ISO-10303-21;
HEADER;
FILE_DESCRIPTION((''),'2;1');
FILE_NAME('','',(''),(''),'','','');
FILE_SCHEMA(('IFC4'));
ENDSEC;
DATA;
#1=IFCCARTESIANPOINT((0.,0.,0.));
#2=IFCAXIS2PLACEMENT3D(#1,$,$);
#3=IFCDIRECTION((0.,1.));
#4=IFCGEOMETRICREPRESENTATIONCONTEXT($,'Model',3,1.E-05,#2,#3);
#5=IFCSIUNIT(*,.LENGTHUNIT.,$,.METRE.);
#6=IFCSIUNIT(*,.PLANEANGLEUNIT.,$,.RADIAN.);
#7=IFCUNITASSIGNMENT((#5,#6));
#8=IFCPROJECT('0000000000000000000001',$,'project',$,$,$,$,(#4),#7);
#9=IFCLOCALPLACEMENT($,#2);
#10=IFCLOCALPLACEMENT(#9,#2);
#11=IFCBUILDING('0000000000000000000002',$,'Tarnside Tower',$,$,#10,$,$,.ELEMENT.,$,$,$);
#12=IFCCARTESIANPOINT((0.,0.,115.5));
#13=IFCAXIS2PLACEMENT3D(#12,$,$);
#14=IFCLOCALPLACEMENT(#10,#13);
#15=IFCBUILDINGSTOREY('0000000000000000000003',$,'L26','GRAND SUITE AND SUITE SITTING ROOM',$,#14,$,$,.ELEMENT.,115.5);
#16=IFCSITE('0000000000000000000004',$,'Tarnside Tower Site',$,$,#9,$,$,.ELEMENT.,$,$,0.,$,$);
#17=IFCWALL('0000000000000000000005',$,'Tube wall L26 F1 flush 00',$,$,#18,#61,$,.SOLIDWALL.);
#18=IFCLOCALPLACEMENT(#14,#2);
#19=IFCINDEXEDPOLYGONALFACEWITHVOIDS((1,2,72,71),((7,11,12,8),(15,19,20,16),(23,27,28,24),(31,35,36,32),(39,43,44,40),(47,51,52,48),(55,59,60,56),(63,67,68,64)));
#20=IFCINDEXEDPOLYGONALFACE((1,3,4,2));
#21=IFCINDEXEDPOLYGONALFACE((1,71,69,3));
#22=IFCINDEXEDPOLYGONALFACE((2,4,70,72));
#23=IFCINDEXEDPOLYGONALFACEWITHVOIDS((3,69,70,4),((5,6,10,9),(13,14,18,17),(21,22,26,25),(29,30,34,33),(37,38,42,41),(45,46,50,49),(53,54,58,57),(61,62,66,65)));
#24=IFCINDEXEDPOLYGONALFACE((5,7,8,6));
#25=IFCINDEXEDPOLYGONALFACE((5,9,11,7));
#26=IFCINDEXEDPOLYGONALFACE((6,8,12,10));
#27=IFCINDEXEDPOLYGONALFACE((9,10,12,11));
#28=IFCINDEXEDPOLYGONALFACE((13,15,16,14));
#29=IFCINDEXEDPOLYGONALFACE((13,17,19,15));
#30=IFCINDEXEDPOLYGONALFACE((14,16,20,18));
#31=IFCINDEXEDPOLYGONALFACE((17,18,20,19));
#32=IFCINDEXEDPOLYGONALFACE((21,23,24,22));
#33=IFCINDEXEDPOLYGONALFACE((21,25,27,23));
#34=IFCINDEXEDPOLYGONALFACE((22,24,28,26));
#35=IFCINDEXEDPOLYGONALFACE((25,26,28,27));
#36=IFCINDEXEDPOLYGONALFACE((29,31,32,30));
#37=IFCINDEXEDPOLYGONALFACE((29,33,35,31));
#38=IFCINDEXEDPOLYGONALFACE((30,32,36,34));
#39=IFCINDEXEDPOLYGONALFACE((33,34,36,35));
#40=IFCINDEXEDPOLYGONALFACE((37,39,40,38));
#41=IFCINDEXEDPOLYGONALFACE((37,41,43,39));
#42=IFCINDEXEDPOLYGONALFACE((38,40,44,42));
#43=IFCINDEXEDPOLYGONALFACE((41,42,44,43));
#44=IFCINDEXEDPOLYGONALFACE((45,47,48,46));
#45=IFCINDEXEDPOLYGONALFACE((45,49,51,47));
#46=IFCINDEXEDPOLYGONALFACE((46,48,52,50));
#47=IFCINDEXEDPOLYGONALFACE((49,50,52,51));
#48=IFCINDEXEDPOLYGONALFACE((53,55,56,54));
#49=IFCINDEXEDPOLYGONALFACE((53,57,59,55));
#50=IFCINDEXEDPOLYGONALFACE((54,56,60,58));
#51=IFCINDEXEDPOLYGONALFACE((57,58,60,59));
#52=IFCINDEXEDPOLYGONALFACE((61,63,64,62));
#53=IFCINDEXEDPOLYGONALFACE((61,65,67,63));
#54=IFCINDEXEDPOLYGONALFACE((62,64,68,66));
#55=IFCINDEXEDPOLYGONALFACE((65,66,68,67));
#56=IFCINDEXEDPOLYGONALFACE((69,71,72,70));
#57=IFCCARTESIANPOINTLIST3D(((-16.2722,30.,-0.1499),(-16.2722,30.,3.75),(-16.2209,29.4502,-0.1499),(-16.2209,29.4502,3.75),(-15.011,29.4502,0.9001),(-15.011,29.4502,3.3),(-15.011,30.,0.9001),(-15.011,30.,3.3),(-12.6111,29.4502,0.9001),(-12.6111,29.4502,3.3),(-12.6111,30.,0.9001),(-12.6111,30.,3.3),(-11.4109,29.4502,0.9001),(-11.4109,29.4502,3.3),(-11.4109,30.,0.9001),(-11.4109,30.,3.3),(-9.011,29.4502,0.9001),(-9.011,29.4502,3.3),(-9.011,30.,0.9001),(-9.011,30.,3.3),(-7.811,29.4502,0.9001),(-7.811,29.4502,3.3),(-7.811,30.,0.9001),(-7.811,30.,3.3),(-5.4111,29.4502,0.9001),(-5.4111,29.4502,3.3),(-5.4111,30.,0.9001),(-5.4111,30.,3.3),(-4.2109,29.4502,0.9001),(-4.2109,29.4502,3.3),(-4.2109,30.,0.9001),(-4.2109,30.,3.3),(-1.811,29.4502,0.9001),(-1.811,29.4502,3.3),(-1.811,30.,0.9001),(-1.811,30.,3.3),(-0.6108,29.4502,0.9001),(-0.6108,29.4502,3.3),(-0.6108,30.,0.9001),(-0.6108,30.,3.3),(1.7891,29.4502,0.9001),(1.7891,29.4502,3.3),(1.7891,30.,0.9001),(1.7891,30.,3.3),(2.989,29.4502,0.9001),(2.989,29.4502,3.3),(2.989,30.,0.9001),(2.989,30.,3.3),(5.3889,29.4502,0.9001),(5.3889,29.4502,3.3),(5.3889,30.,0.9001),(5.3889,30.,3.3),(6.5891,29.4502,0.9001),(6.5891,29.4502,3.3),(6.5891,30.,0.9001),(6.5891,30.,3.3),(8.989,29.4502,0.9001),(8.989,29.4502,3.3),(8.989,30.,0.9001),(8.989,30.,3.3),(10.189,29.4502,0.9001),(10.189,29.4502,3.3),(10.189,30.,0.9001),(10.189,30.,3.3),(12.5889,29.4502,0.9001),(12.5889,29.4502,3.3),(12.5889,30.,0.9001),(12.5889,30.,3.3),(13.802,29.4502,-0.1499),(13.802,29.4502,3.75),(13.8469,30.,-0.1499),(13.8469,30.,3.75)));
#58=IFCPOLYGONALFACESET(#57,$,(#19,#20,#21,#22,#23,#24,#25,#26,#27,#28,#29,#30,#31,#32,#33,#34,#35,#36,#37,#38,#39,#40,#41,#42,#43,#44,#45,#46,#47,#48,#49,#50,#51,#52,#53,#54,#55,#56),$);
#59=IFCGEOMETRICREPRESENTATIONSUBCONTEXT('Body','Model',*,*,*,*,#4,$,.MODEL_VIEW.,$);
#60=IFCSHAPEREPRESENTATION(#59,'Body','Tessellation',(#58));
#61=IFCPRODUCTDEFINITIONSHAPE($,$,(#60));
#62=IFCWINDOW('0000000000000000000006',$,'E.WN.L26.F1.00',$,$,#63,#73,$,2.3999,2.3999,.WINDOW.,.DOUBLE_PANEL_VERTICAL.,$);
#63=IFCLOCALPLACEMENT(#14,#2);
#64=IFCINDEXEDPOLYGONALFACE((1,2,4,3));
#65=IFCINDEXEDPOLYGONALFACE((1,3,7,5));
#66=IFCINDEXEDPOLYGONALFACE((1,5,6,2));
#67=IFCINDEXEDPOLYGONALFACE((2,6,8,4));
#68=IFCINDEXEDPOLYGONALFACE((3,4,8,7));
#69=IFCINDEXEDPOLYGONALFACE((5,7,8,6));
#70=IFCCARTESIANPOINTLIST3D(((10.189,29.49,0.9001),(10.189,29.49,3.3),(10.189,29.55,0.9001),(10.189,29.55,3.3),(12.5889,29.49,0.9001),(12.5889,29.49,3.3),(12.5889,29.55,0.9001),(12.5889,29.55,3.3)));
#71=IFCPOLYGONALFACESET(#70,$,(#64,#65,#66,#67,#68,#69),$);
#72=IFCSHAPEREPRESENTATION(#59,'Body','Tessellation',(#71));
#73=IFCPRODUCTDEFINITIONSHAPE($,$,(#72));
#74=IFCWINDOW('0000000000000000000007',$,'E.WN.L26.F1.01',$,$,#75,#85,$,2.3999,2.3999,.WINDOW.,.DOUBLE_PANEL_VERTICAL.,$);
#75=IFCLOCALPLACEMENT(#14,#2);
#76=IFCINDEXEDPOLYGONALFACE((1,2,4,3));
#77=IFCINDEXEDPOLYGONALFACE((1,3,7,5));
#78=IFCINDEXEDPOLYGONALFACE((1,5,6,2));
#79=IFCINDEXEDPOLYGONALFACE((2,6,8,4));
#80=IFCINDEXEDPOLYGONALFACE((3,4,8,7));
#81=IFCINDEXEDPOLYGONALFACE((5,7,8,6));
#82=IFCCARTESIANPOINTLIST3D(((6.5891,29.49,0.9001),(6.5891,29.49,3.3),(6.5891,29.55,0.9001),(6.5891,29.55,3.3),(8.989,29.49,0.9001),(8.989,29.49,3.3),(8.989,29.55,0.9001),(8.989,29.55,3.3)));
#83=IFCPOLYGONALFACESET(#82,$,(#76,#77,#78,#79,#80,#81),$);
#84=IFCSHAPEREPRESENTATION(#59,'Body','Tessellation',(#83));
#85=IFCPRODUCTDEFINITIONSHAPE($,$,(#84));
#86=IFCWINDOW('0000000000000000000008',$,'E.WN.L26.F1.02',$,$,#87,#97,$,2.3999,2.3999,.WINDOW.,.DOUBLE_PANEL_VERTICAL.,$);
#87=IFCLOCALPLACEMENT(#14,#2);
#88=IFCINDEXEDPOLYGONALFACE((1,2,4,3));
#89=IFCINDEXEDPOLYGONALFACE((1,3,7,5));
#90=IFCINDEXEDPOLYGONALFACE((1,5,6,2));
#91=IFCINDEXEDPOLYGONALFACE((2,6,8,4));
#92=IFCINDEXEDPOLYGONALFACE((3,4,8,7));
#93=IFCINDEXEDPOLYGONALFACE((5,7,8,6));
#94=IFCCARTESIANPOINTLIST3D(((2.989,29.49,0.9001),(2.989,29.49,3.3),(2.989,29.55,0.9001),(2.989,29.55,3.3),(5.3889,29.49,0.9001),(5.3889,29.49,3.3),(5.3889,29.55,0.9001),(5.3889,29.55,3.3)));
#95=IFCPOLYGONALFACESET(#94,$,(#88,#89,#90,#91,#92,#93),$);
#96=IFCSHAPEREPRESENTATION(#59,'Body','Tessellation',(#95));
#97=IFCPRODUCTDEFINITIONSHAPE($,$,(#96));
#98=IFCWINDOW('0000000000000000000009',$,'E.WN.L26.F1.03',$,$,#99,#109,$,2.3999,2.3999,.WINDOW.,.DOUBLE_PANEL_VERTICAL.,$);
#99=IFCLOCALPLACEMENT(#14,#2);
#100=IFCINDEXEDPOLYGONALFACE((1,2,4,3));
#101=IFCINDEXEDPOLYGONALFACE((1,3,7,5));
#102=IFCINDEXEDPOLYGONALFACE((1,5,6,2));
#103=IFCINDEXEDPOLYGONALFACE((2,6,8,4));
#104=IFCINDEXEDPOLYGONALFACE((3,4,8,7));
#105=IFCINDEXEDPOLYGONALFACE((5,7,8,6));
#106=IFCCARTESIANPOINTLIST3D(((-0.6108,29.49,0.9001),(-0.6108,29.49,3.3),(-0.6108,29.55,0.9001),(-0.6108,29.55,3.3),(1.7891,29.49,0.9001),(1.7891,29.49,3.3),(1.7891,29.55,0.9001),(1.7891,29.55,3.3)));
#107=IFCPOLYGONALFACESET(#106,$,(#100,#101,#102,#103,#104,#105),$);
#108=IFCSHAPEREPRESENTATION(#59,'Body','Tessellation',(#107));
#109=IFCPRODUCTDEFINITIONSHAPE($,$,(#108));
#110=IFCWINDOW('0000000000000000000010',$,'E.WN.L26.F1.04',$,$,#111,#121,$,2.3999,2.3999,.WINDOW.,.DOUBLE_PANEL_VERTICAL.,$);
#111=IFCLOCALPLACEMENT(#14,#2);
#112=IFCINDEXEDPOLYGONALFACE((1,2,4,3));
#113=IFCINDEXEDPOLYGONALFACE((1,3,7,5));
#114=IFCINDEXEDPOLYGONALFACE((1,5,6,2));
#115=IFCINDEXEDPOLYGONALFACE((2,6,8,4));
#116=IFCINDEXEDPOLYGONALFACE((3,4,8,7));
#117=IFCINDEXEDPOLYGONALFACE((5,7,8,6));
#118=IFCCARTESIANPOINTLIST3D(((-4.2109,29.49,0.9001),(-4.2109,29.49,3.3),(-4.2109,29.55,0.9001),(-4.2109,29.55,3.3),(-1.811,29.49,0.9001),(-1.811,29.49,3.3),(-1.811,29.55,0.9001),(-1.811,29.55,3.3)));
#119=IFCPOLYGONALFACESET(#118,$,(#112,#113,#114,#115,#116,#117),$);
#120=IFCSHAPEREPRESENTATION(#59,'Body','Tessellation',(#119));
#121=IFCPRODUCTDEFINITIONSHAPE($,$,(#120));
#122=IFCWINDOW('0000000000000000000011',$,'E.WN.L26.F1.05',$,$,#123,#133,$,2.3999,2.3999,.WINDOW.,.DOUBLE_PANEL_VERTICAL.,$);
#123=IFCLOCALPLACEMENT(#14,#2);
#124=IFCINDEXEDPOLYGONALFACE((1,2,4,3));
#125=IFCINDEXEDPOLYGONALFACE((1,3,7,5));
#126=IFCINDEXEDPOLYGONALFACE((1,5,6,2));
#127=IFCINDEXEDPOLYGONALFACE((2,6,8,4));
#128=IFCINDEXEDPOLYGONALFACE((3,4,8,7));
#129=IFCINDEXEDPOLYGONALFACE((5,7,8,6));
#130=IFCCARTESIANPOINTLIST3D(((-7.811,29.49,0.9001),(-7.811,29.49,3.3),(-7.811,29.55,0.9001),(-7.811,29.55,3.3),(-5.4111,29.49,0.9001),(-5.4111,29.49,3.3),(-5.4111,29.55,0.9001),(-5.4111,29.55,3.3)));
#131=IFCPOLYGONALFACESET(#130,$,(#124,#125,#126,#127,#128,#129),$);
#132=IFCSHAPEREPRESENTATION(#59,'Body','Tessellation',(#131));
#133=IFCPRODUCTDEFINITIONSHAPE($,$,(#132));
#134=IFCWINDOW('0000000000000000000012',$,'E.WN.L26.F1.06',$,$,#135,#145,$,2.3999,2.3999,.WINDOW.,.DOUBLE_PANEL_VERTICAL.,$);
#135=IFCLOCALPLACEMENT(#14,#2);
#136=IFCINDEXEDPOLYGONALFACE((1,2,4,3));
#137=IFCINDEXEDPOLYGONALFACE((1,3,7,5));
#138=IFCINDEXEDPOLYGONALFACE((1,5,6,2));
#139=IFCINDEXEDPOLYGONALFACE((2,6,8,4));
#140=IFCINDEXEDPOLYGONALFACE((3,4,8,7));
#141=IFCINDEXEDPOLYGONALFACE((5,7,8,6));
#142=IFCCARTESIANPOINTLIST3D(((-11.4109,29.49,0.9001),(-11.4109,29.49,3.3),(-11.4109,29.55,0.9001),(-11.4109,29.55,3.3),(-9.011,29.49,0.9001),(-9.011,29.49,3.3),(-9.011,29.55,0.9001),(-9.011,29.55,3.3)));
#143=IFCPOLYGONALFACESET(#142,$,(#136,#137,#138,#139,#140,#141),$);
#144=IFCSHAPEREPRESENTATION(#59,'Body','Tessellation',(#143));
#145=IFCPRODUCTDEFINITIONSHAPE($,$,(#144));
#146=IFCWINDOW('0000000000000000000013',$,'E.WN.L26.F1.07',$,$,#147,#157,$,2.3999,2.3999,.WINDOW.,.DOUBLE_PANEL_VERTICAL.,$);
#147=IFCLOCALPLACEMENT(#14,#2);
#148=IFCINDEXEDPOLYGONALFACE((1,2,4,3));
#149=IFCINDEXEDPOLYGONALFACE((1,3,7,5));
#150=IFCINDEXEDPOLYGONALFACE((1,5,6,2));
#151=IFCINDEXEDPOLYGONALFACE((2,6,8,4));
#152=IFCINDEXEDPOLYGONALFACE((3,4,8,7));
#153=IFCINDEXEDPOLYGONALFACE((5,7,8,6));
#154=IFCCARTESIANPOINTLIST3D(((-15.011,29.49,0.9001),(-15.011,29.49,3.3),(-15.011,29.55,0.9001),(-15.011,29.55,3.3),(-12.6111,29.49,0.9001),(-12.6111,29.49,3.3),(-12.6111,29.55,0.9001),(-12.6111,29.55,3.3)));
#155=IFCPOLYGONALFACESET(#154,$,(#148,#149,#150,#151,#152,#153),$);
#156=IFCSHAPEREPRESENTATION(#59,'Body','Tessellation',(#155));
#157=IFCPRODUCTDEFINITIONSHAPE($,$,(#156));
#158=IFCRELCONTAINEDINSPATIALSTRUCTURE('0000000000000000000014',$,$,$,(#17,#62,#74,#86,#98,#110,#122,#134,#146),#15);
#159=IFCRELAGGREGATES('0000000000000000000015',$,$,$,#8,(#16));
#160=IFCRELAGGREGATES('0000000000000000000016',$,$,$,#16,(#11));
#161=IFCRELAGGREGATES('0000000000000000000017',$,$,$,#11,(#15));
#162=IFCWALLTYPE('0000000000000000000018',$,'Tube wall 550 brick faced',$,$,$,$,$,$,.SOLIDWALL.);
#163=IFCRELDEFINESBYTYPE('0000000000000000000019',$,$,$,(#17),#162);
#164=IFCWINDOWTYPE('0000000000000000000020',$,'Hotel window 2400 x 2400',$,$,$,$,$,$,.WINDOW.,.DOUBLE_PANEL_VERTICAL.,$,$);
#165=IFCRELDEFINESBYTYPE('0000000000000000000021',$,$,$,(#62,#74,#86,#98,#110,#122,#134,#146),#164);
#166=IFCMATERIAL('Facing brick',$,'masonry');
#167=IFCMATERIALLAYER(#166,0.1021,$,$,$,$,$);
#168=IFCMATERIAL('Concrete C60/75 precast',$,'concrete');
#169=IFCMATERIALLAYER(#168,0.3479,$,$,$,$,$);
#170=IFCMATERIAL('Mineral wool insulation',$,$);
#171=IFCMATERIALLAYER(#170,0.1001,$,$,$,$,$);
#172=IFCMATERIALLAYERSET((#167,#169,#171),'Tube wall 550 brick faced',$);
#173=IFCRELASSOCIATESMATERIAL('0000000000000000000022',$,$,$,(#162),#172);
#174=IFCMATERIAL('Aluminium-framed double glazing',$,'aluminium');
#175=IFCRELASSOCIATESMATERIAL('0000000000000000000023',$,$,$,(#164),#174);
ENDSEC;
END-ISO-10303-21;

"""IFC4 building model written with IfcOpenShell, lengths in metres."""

from ifc_helpers import new_model, si_unit, direction, frame, frame_2d, origin, place, context, subcontext, project, spatial, polyline, rectangle, outline, extrude, material, layer, layer_set, type_object, element, fill, save


model = new_model("IFC4")

# Units and contexts
model_context = context("Model", 3, precision=1e-05, world=origin(), true_north=direction((0.0, 1.0)))
body_context = subcontext(model_context, "Body", "Model", "MODEL_VIEW")
ifc_project = project(units=[si_unit("LENGTHUNIT", "METRE"), si_unit("PLANEANGLEUNIT", "RADIAN")], contexts=[model_context])

# Site, building, storey
site_placement = place(None, origin())
site = spatial("IfcSite", under=ifc_project, at=site_placement, Name="Tarnside Tower Site", CompositionType="ELEMENT", RefElevation=0.0)
building_placement = place(site_placement, origin())
building = spatial("IfcBuilding", under=site, at=building_placement, Name="Tarnside Tower", CompositionType="ELEMENT")
storey_placement = place(building_placement, frame((0.0, 0.0, 115.5)))
storey = spatial("IfcBuildingStorey", under=building, at=storey_placement, Name="L26", Description="GRAND SUITE AND SUITE SITTING ROOM", CompositionType="ELEMENT", Elevation=115.5)

# Wall, openings, windows
ifc_material_1 = material(Name="Facing brick", Category="masonry")
ifc_layer_1 = layer(ifc_material_1, 0.1021)
ifc_material_2 = material(Name="Concrete C60/75 precast", Category="concrete")
ifc_layer_2 = layer(ifc_material_2, 0.3479)
ifc_material_3 = material(Name="Mineral wool insulation")
ifc_layer_3 = layer(ifc_material_3, 0.1001)
ifc_layer_set_1 = layer_set([ifc_layer_1, ifc_layer_2, ifc_layer_3], Name="Tube wall 550 brick faced")
wall_type_1 = type_object("IfcWallType", Name="Tube wall 550 brick faced", PredefinedType="SOLIDWALL", material=ifc_layer_set_1)
wall_1_placement = place(storey_placement, frame((13.8245, 29.7251, -0.1499), z_axis=(0.0, 0.0, 1.0), x_axis=(-1.0, 0.0, 0.0)))
wall_1 = element("IfcWall", 1, at=wall_1_placement, inside=storey, type_object=wall_type_1, Name="Tube wall L26 F1 flush 00", PredefinedType="SOLIDWALL", context=body_context, shape_type="SweptSolid", body=[
    extrude(outline(polyline([(-0.0225, -0.2749), (30.0967, -0.2749), (30.0454, 0.2749), (0.0225, 0.2749), (-0.0225, -0.2749)])), origin(), (0.0, 0.0, 1.0), 3.8999),
])
opening_1_placement = place(wall_1_placement, frame((1.2356, 0.0, 1.05)))
opening_1 = element("IfcOpeningElement", 2, at=opening_1_placement, cuts=wall_1, PredefinedType="OPENING", context=body_context, shape_type="SweptSolid", body=[
    extrude(rectangle(XDim=2.3999, YDim=2.3999, at=frame_2d((1.2, 1.2))), frame((0.0, 0.2852, 0.0), z_axis=(0.0, -1.0, 0.0), x_axis=(1.0, 0.0, 0.0)), (0.0, 0.0, 1.0), 0.5701),
])
opening_2_placement = place(wall_1_placement, frame((4.8354, 0.0, 1.05)))
opening_2 = element("IfcOpeningElement", 3, at=opening_2_placement, cuts=wall_1, PredefinedType="OPENING", context=body_context, shape_type="SweptSolid", body=[
    extrude(rectangle(XDim=2.3999, YDim=2.3999, at=frame_2d((1.2, 1.2))), frame((0.0, 0.2852, 0.0), z_axis=(0.0, -1.0, 0.0), x_axis=(1.0, 0.0, 0.0)), (0.0, 0.0, 1.0), 0.5701),
])
opening_3_placement = place(wall_1_placement, frame((8.4355, 0.0, 1.05)))
opening_3 = element("IfcOpeningElement", 4, at=opening_3_placement, cuts=wall_1, PredefinedType="OPENING", context=body_context, shape_type="SweptSolid", body=[
    extrude(rectangle(XDim=2.3999, YDim=2.3999, at=frame_2d((1.2, 1.2))), frame((0.0, 0.2852, 0.0), z_axis=(0.0, -1.0, 0.0), x_axis=(1.0, 0.0, 0.0)), (0.0, 0.0, 1.0), 0.5701),
])
opening_4_placement = place(wall_1_placement, frame((12.0354, 0.0, 1.05)))
opening_4 = element("IfcOpeningElement", 5, at=opening_4_placement, cuts=wall_1, PredefinedType="OPENING", context=body_context, shape_type="SweptSolid", body=[
    extrude(rectangle(XDim=2.3999, YDim=2.3999, at=frame_2d((1.2, 1.2))), frame((0.0, 0.2852, 0.0), z_axis=(0.0, -1.0, 0.0), x_axis=(1.0, 0.0, 0.0)), (0.0, 0.0, 1.0), 0.5701),
])
opening_5_placement = place(wall_1_placement, frame((15.6355, 0.0, 1.05)))
opening_5 = element("IfcOpeningElement", 6, at=opening_5_placement, cuts=wall_1, PredefinedType="OPENING", context=body_context, shape_type="SweptSolid", body=[
    extrude(rectangle(XDim=2.3999, YDim=2.3999, at=frame_2d((1.2, 1.2))), frame((0.0, 0.2852, 0.0), z_axis=(0.0, -1.0, 0.0), x_axis=(1.0, 0.0, 0.0)), (0.0, 0.0, 1.0), 0.5701),
])
opening_6_placement = place(wall_1_placement, frame((19.2356, 0.0, 1.05)))
opening_6 = element("IfcOpeningElement", 7, at=opening_6_placement, cuts=wall_1, PredefinedType="OPENING", context=body_context, shape_type="SweptSolid", body=[
    extrude(rectangle(XDim=2.3999, YDim=2.3999, at=frame_2d((1.2, 1.2))), frame((0.0, 0.2852, 0.0), z_axis=(0.0, -1.0, 0.0), x_axis=(1.0, 0.0, 0.0)), (0.0, 0.0, 1.0), 0.5701),
])
opening_7_placement = place(wall_1_placement, frame((22.8354, 0.0, 1.05)))
opening_7 = element("IfcOpeningElement", 8, at=opening_7_placement, cuts=wall_1, PredefinedType="OPENING", context=body_context, shape_type="SweptSolid", body=[
    extrude(rectangle(XDim=2.3999, YDim=2.3999, at=frame_2d((1.2, 1.2))), frame((0.0, 0.2852, 0.0), z_axis=(0.0, -1.0, 0.0), x_axis=(1.0, 0.0, 0.0)), (0.0, 0.0, 1.0), 0.5701),
])
opening_8_placement = place(wall_1_placement, frame((26.4355, 0.0, 1.05)))
opening_8 = element("IfcOpeningElement", 9, at=opening_8_placement, cuts=wall_1, PredefinedType="OPENING", context=body_context, shape_type="SweptSolid", body=[
    extrude(rectangle(XDim=2.3999, YDim=2.3999, at=frame_2d((1.2, 1.2))), frame((0.0, 0.2852, 0.0), z_axis=(0.0, -1.0, 0.0), x_axis=(1.0, 0.0, 0.0)), (0.0, 0.0, 1.0), 0.5701),
])
ifc_material_4 = material(Name="Aluminium-framed double glazing", Category="aluminium")
window_type = type_object("IfcWindowType", Name="Hotel window 2400 x 2400", PartitioningType="DOUBLE_PANEL_VERTICAL", PredefinedType="WINDOW", material=ifc_material_4)
window_1_placement = place(opening_1_placement, frame((0.0, 0.2051, 0.0)))
window_1 = element("IfcWindow", 10, at=window_1_placement, inside=storey, type_object=window_type, Name="E.WN.L26.F1.00", OverallHeight=2.3999, OverallWidth=2.3999, PartitioningType="DOUBLE_PANEL_VERTICAL", PredefinedType="WINDOW", context=body_context, shape_type="SweptSolid", body=[
    extrude(rectangle(XDim=2.3999, YDim=2.3999, at=frame_2d((1.2, 1.2))), frame((0.0, 0.03, 0.0), z_axis=(0.0, -1.0, 0.0), x_axis=(1.0, 0.0, 0.0)), (0.0, 0.0, 1.0), 0.0601),
])
fill(opening_1, window_1)
window_2_placement = place(opening_2_placement, frame((0.0, 0.2051, 0.0)))
window_2 = element("IfcWindow", 11, at=window_2_placement, inside=storey, type_object=window_type, Name="E.WN.L26.F1.01", OverallHeight=2.3999, OverallWidth=2.3999, PartitioningType="DOUBLE_PANEL_VERTICAL", PredefinedType="WINDOW", context=body_context, shape_type="SweptSolid", body=[
    extrude(rectangle(XDim=2.3999, YDim=2.3999, at=frame_2d((1.2, 1.2))), frame((0.0, 0.03, 0.0), z_axis=(0.0, -1.0, 0.0), x_axis=(1.0, 0.0, 0.0)), (0.0, 0.0, 1.0), 0.0601),
])
fill(opening_2, window_2)
window_3_placement = place(opening_3_placement, frame((0.0, 0.2051, 0.0)))
window_3 = element("IfcWindow", 12, at=window_3_placement, inside=storey, type_object=window_type, Name="E.WN.L26.F1.02", OverallHeight=2.3999, OverallWidth=2.3999, PartitioningType="DOUBLE_PANEL_VERTICAL", PredefinedType="WINDOW", context=body_context, shape_type="SweptSolid", body=[
    extrude(rectangle(XDim=2.3999, YDim=2.3999, at=frame_2d((1.2, 1.2))), frame((0.0, 0.03, 0.0), z_axis=(0.0, -1.0, 0.0), x_axis=(1.0, 0.0, 0.0)), (0.0, 0.0, 1.0), 0.0601),
])
fill(opening_3, window_3)
window_4_placement = place(opening_4_placement, frame((0.0, 0.2051, 0.0)))
window_4 = element("IfcWindow", 13, at=window_4_placement, inside=storey, type_object=window_type, Name="E.WN.L26.F1.03", OverallHeight=2.3999, OverallWidth=2.3999, PartitioningType="DOUBLE_PANEL_VERTICAL", PredefinedType="WINDOW", context=body_context, shape_type="SweptSolid", body=[
    extrude(rectangle(XDim=2.3999, YDim=2.3999, at=frame_2d((1.2, 1.2))), frame((0.0, 0.03, 0.0), z_axis=(0.0, -1.0, 0.0), x_axis=(1.0, 0.0, 0.0)), (0.0, 0.0, 1.0), 0.0601),
])
fill(opening_4, window_4)
window_5_placement = place(opening_5_placement, frame((0.0, 0.2051, 0.0)))
window_5 = element("IfcWindow", 14, at=window_5_placement, inside=storey, type_object=window_type, Name="E.WN.L26.F1.04", OverallHeight=2.3999, OverallWidth=2.3999, PartitioningType="DOUBLE_PANEL_VERTICAL", PredefinedType="WINDOW", context=body_context, shape_type="SweptSolid", body=[
    extrude(rectangle(XDim=2.3999, YDim=2.3999, at=frame_2d((1.2, 1.2))), frame((0.0, 0.03, 0.0), z_axis=(0.0, -1.0, 0.0), x_axis=(1.0, 0.0, 0.0)), (0.0, 0.0, 1.0), 0.0601),
])
fill(opening_5, window_5)
window_6_placement = place(opening_6_placement, frame((0.0, 0.2051, 0.0)))
window_6 = element("IfcWindow", 15, at=window_6_placement, inside=storey, type_object=window_type, Name="E.WN.L26.F1.05", OverallHeight=2.3999, OverallWidth=2.3999, PartitioningType="DOUBLE_PANEL_VERTICAL", PredefinedType="WINDOW", context=body_context, shape_type="SweptSolid", body=[
    extrude(rectangle(XDim=2.3999, YDim=2.3999, at=frame_2d((1.2, 1.2))), frame((0.0, 0.03, 0.0), z_axis=(0.0, -1.0, 0.0), x_axis=(1.0, 0.0, 0.0)), (0.0, 0.0, 1.0), 0.0601),
])
fill(opening_6, window_6)
window_7_placement = place(opening_7_placement, frame((0.0, 0.2051, 0.0)))
window_7 = element("IfcWindow", 16, at=window_7_placement, inside=storey, type_object=window_type, Name="E.WN.L26.F1.06", OverallHeight=2.3999, OverallWidth=2.3999, PartitioningType="DOUBLE_PANEL_VERTICAL", PredefinedType="WINDOW", context=body_context, shape_type="SweptSolid", body=[
    extrude(rectangle(XDim=2.3999, YDim=2.3999, at=frame_2d((1.2, 1.2))), frame((0.0, 0.03, 0.0), z_axis=(0.0, -1.0, 0.0), x_axis=(1.0, 0.0, 0.0)), (0.0, 0.0, 1.0), 0.0601),
])
fill(opening_7, window_7)
window_8_placement = place(opening_8_placement, frame((0.0, 0.2051, 0.0)))
window_8 = element("IfcWindow", 17, at=window_8_placement, inside=storey, type_object=window_type, Name="E.WN.L26.F1.07", OverallHeight=2.3999, OverallWidth=2.3999, PartitioningType="DOUBLE_PANEL_VERTICAL", PredefinedType="WINDOW", context=body_context, shape_type="SweptSolid", body=[
    extrude(rectangle(XDim=2.3999, YDim=2.3999, at=frame_2d((1.2, 1.2))), frame((0.0, 0.03, 0.0), z_axis=(0.0, -1.0, 0.0), x_axis=(1.0, 0.0, 0.0)), (0.0, 0.0, 1.0), 0.0601),
])
fill(opening_8, window_8)

save(model, "model.ifc")
